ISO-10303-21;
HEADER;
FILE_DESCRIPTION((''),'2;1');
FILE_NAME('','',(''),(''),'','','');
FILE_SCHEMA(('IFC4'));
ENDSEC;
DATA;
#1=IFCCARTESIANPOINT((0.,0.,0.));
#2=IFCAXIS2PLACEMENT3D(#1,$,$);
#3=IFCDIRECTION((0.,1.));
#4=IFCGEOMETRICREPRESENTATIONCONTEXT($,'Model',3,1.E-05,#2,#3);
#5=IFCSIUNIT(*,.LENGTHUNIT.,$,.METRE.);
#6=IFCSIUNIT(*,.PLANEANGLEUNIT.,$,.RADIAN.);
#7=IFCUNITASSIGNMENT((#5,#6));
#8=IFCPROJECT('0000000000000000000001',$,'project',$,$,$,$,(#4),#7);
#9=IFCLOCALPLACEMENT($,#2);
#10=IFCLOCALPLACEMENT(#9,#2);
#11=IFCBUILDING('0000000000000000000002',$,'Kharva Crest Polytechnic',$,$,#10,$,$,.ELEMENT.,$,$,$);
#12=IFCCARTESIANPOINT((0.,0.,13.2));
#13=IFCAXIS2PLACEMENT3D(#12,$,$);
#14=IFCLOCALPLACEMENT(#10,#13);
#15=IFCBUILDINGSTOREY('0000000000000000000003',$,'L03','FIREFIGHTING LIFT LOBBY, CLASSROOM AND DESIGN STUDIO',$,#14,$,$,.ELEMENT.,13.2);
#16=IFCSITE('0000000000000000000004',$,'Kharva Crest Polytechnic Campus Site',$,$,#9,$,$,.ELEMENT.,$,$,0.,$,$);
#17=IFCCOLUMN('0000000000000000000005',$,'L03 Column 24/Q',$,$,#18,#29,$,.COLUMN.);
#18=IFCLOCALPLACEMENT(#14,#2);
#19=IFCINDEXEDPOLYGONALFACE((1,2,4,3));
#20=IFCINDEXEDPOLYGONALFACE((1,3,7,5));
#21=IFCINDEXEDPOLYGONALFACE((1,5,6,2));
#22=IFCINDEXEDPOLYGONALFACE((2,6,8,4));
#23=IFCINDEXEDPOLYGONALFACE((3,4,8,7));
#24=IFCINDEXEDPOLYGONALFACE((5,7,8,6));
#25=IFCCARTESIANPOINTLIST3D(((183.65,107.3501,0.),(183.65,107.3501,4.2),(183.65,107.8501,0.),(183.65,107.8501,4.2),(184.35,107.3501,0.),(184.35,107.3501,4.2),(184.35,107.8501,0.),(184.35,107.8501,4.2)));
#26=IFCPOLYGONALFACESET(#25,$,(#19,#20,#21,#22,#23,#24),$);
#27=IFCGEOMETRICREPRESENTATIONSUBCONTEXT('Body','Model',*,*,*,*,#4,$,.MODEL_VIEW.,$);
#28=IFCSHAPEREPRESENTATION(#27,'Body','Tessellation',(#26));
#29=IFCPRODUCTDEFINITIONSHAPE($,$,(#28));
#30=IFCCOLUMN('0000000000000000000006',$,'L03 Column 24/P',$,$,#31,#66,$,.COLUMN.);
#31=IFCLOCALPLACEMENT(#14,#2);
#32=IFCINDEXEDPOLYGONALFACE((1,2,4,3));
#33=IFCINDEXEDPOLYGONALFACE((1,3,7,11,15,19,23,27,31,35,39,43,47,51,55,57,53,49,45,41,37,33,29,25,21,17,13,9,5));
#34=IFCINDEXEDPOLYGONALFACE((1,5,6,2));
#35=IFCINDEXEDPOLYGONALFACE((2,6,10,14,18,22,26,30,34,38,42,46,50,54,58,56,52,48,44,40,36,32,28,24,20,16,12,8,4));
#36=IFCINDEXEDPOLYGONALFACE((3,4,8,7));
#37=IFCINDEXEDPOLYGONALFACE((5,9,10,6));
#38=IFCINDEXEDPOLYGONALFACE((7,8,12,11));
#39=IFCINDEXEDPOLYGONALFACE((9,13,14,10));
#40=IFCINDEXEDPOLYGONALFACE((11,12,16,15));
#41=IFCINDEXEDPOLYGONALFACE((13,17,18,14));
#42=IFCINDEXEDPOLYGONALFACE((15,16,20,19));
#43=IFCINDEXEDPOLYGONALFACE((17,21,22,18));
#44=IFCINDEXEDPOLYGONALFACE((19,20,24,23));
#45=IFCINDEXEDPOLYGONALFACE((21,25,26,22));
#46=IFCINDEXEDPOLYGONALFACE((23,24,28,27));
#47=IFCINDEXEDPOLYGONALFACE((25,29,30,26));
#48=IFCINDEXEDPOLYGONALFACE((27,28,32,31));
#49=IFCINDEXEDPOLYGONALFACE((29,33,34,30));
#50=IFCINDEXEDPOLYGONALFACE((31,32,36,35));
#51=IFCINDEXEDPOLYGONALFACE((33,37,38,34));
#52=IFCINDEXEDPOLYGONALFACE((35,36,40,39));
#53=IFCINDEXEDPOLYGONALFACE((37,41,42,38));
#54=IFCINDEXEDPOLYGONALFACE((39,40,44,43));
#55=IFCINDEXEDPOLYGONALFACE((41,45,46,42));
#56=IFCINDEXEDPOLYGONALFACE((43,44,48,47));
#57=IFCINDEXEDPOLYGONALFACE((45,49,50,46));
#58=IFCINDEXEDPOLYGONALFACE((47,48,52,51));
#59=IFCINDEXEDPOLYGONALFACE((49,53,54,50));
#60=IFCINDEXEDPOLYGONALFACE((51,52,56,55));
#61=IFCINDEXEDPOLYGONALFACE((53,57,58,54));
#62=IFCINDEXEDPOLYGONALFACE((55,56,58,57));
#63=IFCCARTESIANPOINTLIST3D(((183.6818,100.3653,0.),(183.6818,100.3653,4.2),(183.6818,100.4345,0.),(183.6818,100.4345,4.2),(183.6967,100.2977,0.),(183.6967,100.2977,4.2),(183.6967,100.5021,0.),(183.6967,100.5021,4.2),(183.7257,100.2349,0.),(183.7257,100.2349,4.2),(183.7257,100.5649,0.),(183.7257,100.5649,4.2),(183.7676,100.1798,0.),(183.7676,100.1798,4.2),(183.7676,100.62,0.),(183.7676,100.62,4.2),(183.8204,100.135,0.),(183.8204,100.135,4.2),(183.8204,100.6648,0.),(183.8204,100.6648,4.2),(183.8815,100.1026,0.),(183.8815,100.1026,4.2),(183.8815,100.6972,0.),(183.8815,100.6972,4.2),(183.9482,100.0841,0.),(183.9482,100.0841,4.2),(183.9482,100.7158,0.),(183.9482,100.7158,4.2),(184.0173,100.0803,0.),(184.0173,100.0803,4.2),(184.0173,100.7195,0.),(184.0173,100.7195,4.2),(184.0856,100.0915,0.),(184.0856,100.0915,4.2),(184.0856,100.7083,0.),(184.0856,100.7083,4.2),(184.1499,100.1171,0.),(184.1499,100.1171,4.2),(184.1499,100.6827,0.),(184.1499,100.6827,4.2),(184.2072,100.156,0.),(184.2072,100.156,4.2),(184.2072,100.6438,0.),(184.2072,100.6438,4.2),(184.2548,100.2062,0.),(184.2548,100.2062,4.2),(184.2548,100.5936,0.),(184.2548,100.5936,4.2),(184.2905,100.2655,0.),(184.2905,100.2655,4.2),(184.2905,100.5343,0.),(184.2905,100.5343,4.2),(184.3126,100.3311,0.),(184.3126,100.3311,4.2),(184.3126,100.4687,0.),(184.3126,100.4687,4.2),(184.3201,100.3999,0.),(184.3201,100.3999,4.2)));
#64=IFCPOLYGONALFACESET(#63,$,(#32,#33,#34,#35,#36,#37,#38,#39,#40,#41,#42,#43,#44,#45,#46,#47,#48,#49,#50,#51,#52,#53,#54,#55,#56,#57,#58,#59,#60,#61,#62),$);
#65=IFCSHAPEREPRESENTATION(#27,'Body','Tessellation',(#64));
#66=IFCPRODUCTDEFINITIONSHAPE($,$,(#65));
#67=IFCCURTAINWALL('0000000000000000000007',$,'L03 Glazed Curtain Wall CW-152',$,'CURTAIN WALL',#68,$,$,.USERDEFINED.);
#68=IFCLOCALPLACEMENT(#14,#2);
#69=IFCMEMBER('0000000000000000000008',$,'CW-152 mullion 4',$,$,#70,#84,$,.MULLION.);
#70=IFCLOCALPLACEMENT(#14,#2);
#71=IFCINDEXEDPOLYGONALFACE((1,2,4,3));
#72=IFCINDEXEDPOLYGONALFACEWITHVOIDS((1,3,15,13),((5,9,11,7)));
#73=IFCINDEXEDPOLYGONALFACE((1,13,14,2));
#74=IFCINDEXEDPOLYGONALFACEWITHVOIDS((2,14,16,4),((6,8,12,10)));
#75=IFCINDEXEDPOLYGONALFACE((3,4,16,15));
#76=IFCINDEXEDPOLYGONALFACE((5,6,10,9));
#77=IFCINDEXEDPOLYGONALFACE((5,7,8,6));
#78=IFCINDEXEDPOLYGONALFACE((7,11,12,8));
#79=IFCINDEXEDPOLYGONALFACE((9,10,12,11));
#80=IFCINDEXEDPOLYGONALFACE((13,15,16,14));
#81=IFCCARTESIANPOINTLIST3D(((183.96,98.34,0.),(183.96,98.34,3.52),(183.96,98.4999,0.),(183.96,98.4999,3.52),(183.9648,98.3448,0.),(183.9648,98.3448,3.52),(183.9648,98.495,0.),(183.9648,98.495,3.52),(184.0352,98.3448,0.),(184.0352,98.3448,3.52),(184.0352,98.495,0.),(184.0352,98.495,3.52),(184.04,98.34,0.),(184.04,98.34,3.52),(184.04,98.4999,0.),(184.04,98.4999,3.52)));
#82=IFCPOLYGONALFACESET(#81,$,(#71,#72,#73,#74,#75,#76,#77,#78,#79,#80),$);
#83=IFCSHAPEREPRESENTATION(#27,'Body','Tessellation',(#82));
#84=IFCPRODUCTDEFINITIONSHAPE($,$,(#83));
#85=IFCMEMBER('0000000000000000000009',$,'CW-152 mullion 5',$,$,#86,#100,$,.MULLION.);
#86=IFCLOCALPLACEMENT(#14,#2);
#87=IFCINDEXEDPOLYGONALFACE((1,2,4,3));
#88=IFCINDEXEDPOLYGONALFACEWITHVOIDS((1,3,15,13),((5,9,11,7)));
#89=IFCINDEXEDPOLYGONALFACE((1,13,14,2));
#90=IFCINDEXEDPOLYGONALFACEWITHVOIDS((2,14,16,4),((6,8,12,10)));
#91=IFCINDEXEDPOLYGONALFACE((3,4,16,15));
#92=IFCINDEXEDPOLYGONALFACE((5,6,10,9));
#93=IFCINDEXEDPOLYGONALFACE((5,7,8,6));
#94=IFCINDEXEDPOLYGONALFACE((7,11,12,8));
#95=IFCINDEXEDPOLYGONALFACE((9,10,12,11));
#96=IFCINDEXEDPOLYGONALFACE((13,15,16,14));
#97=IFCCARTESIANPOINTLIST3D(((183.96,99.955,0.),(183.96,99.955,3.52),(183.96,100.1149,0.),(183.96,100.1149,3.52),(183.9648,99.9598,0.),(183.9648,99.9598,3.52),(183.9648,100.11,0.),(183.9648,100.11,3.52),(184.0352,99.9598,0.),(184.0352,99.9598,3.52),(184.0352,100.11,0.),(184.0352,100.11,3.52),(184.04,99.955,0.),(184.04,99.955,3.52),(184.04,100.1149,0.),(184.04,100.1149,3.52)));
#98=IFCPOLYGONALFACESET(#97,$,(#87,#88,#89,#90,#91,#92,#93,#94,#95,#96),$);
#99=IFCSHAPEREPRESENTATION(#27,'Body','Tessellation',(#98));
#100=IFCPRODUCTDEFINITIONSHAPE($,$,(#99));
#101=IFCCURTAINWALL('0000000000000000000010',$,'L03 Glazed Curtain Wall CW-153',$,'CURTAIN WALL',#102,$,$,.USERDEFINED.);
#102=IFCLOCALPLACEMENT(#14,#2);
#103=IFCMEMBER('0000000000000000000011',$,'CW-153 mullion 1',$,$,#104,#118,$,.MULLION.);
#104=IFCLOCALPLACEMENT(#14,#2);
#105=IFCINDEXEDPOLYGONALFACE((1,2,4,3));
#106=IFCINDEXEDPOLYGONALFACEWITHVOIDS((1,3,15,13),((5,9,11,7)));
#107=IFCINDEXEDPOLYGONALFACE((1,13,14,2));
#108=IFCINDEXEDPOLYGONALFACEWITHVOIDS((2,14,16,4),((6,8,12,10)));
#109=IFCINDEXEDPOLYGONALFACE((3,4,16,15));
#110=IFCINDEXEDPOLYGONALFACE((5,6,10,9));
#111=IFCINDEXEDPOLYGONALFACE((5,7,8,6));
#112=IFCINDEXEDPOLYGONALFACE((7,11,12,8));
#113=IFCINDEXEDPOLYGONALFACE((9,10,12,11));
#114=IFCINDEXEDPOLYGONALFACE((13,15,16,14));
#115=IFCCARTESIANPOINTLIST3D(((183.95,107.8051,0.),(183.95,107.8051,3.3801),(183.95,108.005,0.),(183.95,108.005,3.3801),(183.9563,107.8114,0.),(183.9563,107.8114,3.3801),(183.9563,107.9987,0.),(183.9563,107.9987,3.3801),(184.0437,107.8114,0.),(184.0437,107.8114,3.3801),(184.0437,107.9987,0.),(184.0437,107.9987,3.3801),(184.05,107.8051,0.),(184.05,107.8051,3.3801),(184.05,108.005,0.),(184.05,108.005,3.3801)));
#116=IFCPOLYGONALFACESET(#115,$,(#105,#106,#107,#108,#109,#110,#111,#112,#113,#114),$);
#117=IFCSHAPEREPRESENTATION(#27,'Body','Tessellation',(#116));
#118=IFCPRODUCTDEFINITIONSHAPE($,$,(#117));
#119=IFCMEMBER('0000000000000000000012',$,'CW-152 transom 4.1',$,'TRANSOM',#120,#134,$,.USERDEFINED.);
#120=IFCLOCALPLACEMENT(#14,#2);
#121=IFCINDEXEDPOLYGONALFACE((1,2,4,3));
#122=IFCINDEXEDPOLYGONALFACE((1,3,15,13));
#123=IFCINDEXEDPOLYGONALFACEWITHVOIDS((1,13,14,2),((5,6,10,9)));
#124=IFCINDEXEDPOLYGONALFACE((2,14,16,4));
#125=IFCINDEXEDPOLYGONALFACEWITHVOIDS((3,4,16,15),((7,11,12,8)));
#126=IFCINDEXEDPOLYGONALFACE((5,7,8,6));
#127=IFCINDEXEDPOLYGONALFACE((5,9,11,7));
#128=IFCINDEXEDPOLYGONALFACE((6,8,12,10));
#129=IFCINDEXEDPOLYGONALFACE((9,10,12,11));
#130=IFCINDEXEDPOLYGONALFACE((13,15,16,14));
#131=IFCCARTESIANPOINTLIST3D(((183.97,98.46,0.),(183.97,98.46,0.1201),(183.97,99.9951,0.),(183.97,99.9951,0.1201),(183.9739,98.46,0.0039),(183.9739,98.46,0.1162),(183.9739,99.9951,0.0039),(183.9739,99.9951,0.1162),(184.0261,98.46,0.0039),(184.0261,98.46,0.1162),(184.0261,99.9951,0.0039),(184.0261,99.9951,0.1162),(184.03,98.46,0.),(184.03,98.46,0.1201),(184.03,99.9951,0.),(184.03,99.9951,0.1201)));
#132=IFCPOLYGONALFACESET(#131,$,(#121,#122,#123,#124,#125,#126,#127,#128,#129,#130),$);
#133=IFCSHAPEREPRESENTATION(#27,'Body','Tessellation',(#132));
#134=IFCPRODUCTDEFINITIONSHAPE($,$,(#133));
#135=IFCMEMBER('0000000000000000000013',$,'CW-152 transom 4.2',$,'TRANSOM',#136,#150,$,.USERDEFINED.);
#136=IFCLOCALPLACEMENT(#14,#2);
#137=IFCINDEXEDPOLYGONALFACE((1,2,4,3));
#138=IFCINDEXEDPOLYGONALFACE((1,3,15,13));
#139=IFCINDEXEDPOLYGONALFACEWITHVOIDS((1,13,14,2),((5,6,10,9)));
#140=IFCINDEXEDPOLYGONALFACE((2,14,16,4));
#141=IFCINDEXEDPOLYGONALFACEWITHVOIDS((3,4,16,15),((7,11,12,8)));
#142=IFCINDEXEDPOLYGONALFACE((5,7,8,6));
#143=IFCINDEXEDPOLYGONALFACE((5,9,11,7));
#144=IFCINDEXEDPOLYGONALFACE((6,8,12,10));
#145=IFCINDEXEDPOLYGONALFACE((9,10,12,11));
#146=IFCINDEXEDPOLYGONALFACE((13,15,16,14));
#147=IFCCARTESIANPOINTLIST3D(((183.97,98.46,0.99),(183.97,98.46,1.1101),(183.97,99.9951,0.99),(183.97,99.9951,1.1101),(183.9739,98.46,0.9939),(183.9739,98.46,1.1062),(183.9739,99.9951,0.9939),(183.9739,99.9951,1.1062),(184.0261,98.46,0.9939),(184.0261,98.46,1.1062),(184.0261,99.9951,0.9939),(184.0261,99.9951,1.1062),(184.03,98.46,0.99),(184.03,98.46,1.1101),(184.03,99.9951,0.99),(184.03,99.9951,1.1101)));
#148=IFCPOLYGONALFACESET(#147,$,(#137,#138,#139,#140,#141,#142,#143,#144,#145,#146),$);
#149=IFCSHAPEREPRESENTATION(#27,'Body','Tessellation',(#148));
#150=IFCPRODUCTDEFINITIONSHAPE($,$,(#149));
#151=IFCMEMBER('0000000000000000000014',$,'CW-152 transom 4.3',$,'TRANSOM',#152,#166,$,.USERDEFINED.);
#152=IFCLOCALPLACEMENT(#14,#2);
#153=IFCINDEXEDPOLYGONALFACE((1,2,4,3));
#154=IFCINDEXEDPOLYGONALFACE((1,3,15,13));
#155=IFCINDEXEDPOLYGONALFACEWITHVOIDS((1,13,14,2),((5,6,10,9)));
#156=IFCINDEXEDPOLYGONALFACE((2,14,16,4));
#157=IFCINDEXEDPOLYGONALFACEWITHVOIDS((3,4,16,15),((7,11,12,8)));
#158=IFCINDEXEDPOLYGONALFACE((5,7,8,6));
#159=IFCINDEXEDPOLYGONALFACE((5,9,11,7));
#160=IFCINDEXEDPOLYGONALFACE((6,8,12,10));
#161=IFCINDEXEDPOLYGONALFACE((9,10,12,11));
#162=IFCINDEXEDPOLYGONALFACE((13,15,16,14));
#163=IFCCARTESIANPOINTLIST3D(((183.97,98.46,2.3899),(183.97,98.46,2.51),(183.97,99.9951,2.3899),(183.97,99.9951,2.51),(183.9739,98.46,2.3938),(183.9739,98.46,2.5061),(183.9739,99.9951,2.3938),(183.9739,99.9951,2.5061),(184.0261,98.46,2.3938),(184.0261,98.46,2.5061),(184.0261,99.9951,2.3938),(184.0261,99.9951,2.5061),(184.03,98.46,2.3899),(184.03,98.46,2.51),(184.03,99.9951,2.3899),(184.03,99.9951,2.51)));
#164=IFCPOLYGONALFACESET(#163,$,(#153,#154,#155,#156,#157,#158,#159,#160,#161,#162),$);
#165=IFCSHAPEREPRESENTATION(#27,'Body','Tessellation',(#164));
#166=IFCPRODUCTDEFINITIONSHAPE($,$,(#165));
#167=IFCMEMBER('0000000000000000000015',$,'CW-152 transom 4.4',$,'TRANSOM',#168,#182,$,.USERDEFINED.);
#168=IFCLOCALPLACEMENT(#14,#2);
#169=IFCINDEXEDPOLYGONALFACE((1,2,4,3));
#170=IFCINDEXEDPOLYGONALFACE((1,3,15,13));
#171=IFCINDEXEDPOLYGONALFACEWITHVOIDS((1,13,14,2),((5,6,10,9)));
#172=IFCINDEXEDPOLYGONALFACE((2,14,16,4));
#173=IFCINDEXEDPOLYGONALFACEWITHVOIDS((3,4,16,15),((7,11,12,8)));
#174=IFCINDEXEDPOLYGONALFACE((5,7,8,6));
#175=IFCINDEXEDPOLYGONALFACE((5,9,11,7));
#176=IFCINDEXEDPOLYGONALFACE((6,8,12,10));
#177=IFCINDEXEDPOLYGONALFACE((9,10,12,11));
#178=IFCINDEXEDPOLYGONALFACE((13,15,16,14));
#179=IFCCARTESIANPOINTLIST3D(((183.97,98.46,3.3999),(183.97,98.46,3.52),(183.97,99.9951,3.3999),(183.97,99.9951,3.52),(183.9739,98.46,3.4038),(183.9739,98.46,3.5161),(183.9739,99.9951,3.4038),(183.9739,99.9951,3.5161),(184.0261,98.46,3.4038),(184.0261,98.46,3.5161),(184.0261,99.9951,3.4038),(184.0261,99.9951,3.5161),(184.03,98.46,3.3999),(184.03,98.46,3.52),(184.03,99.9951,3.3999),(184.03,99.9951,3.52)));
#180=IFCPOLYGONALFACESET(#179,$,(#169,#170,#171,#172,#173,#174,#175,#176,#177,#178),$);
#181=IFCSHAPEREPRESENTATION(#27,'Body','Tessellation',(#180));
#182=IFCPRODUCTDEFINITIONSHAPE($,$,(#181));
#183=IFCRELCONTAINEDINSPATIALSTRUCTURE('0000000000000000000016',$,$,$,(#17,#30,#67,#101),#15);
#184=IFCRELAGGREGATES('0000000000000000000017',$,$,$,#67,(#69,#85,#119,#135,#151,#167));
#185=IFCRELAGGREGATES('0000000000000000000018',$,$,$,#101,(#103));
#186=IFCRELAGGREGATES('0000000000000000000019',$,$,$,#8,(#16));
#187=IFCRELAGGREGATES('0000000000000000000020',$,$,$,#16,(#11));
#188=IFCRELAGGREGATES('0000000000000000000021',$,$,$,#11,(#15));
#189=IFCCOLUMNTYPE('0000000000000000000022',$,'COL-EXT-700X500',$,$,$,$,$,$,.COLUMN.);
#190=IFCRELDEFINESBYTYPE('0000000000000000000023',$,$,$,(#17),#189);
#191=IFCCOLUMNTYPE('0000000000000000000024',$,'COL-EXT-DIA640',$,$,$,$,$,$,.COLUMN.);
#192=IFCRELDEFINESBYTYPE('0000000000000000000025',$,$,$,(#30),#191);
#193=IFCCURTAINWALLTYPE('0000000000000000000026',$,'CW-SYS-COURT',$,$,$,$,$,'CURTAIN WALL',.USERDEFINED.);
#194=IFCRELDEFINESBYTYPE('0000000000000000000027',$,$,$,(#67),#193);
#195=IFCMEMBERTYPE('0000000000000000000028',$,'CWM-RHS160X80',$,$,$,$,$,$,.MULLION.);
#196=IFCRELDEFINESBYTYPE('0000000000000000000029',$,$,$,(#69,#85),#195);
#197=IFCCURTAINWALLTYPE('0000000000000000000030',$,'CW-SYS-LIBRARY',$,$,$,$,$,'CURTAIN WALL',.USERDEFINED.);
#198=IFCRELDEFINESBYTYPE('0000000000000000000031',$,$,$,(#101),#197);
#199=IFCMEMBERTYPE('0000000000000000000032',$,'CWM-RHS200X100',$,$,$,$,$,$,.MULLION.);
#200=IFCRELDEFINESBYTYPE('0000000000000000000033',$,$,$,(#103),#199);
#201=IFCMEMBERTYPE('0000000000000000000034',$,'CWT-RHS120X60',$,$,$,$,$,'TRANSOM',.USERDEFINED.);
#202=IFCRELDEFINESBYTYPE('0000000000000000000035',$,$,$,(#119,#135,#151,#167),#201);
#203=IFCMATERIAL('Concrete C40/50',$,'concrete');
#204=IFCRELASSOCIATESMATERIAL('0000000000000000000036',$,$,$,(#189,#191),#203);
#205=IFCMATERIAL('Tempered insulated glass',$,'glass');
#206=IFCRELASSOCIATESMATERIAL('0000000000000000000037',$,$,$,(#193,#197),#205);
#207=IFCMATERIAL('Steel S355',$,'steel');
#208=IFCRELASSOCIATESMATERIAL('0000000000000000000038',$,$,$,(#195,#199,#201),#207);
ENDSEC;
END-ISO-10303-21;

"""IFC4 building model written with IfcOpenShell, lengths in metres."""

from ifc_helpers import new_model, si_unit, direction, frame, origin, origin_2d, place, context, subcontext, project, spatial, rectangle, hollow_rectangle, circle, extrude, material, material_profile, profile_set, type_object, element, aggregate, save


model = new_model("IFC4")

# Units and contexts
model_context = context("Model", 3, precision=1e-05, world=origin(), true_north=direction((0.0, 1.0)))
body_context = subcontext(model_context, "Body", "Model", "MODEL_VIEW")
ifc_project = project(units=[si_unit("LENGTHUNIT", "METRE"), si_unit("PLANEANGLEUNIT", "RADIAN")], contexts=[model_context])

# Site, building, storey
site_placement = place(None, origin())
site = spatial("IfcSite", under=ifc_project, at=site_placement, Name="Kharva Crest Polytechnic Campus Site", CompositionType="ELEMENT", RefElevation=0.0)
building_placement = place(site_placement, origin())
building = spatial("IfcBuilding", under=site, at=building_placement, Name="Kharva Crest Polytechnic", CompositionType="ELEMENT")
storey_placement = place(building_placement, frame((0.0, 0.0, 13.2)))
storey = spatial("IfcBuildingStorey", under=building, at=storey_placement, Name="L03", Description="FIREFIGHTING LIFT LOBBY, CLASSROOM AND DESIGN STUDIO", CompositionType="ELEMENT", Elevation=13.2)

# Columns
ifc_material_1 = material(Name="Concrete C40/50", Category="concrete")
ifc_material_profile_1 = material_profile(ifc_material_1, rectangle(XDim=0.7, YDim=0.5, at=origin_2d()), Name="RECT 700 X 500")
ifc_profile_set_1 = profile_set([ifc_material_profile_1], Name="Concrete C40/50")
column_type_1 = type_object("IfcColumnType", Name="COL-EXT-700X500", PredefinedType="COLUMN", material=ifc_profile_set_1)
column_1_placement = place(storey_placement, frame((184.0, 107.6001, 0.0), z_axis=(0.0, 0.0, 1.0), x_axis=(1.0, 0.0, 0.0)))
element("IfcColumn", 1, at=column_1_placement, inside=storey, type_object=column_type_1, Name="L03 Column 24/Q", PredefinedType="COLUMN", context=body_context, shape_type="SweptSolid", body=[
    extrude(rectangle(XDim=0.7, YDim=0.5, at=origin_2d()), origin(), (0.0, 0.0, 1.0), 4.2),
])
ifc_material_profile_2 = material_profile(ifc_material_1, circle(Radius=0.3201, at=origin_2d()), Name="DIA 640")
ifc_profile_set_2 = profile_set([ifc_material_profile_2], Name="Concrete C40/50")
column_type_2 = type_object("IfcColumnType", Name="COL-EXT-DIA640", PredefinedType="COLUMN", material=ifc_profile_set_2)
column_2_placement = place(storey_placement, frame((184.0, 100.3999, 0.0), z_axis=(0.0, 0.0, 1.0), x_axis=(1.0, 0.0, 0.0)))
element("IfcColumn", 2, at=column_2_placement, inside=storey, type_object=column_type_2, Name="L03 Column 24/P", PredefinedType="COLUMN", context=body_context, shape_type="SweptSolid", body=[
    extrude(circle(Radius=0.3201, at=origin_2d()), origin(), (0.0, 0.0, 1.0), 4.2),
])

# Curtain wall, members
ifc_material_2 = material(Name="Tempered insulated glass", Category="glass")
curtain_wall_type_1 = type_object("IfcCurtainWallType", Name="CW-SYS-COURT", ElementType="CURTAIN WALL", PredefinedType="USERDEFINED", material=ifc_material_2)
curtain_wall_1_placement = place(storey_placement, origin())
curtain_wall_1 = element("IfcCurtainWall", 3, at=curtain_wall_1_placement, inside=storey, type_object=curtain_wall_type_1, Name="L03 Glazed Curtain Wall CW-152", ObjectType="CURTAIN WALL", PredefinedType="USERDEFINED")
ifc_material_3 = material(Name="Steel S355", Category="steel")
ifc_material_profile_3 = material_profile(ifc_material_3, hollow_rectangle(XDim=0.0801, YDim=0.1599, WallThickness=0.0049, at=origin_2d()), Name="RHS 160X80X5.0")
ifc_profile_set_3 = profile_set([ifc_material_profile_3], Name="Steel S355")
member_type_1 = type_object("IfcMemberType", Name="CWM-RHS160X80", PredefinedType="MULLION", material=ifc_profile_set_3)
member_1_placement = place(storey_placement, frame((184.0, 98.4199, 0.0), z_axis=(0.0, 0.0, 1.0), x_axis=(-1.0, 0.0, 0.0)))
member_1 = element("IfcMember", 4, at=member_1_placement, type_object=member_type_1, Name="CW-152 mullion 4", PredefinedType="MULLION", context=body_context, shape_type="SweptSolid", body=[
    extrude(hollow_rectangle(XDim=0.0801, YDim=0.1599, WallThickness=0.0049, at=origin_2d()), origin(), (0.0, 0.0, 1.0), 3.52),
])
member_2_placement = place(storey_placement, frame((184.0, 100.0349, 0.0), z_axis=(0.0, 0.0, 1.0), x_axis=(-1.0, 0.0, 0.0)))
member_2 = element("IfcMember", 5, at=member_2_placement, type_object=member_type_1, Name="CW-152 mullion 5", PredefinedType="MULLION", context=body_context, shape_type="SweptSolid", body=[
    extrude(hollow_rectangle(XDim=0.0801, YDim=0.1599, WallThickness=0.0049, at=origin_2d()), origin(), (0.0, 0.0, 1.0), 3.52),
])

# Curtain wall, member
curtain_wall_type_2 = type_object("IfcCurtainWallType", Name="CW-SYS-LIBRARY", ElementType="CURTAIN WALL", PredefinedType="USERDEFINED", material=ifc_material_2)
curtain_wall_2_placement = place(storey_placement, origin())
curtain_wall_2 = element("IfcCurtainWall", 6, at=curtain_wall_2_placement, inside=storey, type_object=curtain_wall_type_2, Name="L03 Glazed Curtain Wall CW-153", ObjectType="CURTAIN WALL", PredefinedType="USERDEFINED")
ifc_material_profile_4 = material_profile(ifc_material_3, hollow_rectangle(XDim=0.1001, YDim=0.2, WallThickness=0.0063, at=origin_2d()), Name="RHS 200X100X6.3")
ifc_profile_set_4 = profile_set([ifc_material_profile_4], Name="Steel S355")
member_type_2 = type_object("IfcMemberType", Name="CWM-RHS200X100", PredefinedType="MULLION", material=ifc_profile_set_4)
member_3_placement = place(storey_placement, frame((184.0, 107.905, 0.0), z_axis=(0.0, 0.0, 1.0), x_axis=(-1.0, 0.0, 0.0)))
member_3 = element("IfcMember", 7, at=member_3_placement, type_object=member_type_2, Name="CW-153 mullion 1", PredefinedType="MULLION", context=body_context, shape_type="SweptSolid", body=[
    extrude(hollow_rectangle(XDim=0.1001, YDim=0.2, WallThickness=0.0063, at=origin_2d()), origin(), (0.0, 0.0, 1.0), 3.3801),
])

# Members
ifc_material_profile_5 = material_profile(ifc_material_3, hollow_rectangle(XDim=0.0601, YDim=0.1201, WallThickness=0.0039, at=origin_2d()), Name="RHS 120X60X4.0")
ifc_profile_set_5 = profile_set([ifc_material_profile_5], Name="Steel S355")
member_type_3 = type_object("IfcMemberType", Name="CWT-RHS120X60", ElementType="TRANSOM", PredefinedType="USERDEFINED", material=ifc_profile_set_5)
member_4_placement = place(storey_placement, frame((184.0, 98.46, 0.0601), z_axis=(0.0, 1.0, 0.0), x_axis=(-1.0, 0.0, 0.0)))
member_4 = element("IfcMember", 8, at=member_4_placement, type_object=member_type_3, Name="CW-152 transom 4.1", ObjectType="TRANSOM", PredefinedType="USERDEFINED", context=body_context, shape_type="SweptSolid", body=[
    extrude(hollow_rectangle(XDim=0.0601, YDim=0.1201, WallThickness=0.0039, at=origin_2d()), origin(), (0.0, 0.0, 1.0), 1.5352),
])
member_5_placement = place(storey_placement, frame((184.0, 98.46, 1.05), z_axis=(0.0, 1.0, 0.0), x_axis=(-1.0, 0.0, 0.0)))
member_5 = element("IfcMember", 9, at=member_5_placement, type_object=member_type_3, Name="CW-152 transom 4.2", ObjectType="TRANSOM", PredefinedType="USERDEFINED", context=body_context, shape_type="SweptSolid", body=[
    extrude(hollow_rectangle(XDim=0.0601, YDim=0.1201, WallThickness=0.0039, at=origin_2d()), origin(), (0.0, 0.0, 1.0), 1.5352),
])
member_6_placement = place(storey_placement, frame((184.0, 98.46, 2.45), z_axis=(0.0, 1.0, 0.0), x_axis=(-1.0, 0.0, 0.0)))
member_6 = element("IfcMember", 10, at=member_6_placement, type_object=member_type_3, Name="CW-152 transom 4.3", ObjectType="TRANSOM", PredefinedType="USERDEFINED", context=body_context, shape_type="SweptSolid", body=[
    extrude(hollow_rectangle(XDim=0.0601, YDim=0.1201, WallThickness=0.0039, at=origin_2d()), origin(), (0.0, 0.0, 1.0), 1.5352),
])
member_7_placement = place(storey_placement, frame((184.0, 98.46, 3.46), z_axis=(0.0, 1.0, 0.0), x_axis=(-1.0, 0.0, 0.0)))
member_7 = element("IfcMember", 11, at=member_7_placement, type_object=member_type_3, Name="CW-152 transom 4.4", ObjectType="TRANSOM", PredefinedType="USERDEFINED", context=body_context, shape_type="SweptSolid", body=[
    extrude(hollow_rectangle(XDim=0.0601, YDim=0.1201, WallThickness=0.0039, at=origin_2d()), origin(), (0.0, 0.0, 1.0), 1.5352),
])

aggregate(curtain_wall_1, [member_1, member_2, member_4, member_5, member_6, member_7])
aggregate(curtain_wall_2, [member_3])

save(model, "model.ifc")
